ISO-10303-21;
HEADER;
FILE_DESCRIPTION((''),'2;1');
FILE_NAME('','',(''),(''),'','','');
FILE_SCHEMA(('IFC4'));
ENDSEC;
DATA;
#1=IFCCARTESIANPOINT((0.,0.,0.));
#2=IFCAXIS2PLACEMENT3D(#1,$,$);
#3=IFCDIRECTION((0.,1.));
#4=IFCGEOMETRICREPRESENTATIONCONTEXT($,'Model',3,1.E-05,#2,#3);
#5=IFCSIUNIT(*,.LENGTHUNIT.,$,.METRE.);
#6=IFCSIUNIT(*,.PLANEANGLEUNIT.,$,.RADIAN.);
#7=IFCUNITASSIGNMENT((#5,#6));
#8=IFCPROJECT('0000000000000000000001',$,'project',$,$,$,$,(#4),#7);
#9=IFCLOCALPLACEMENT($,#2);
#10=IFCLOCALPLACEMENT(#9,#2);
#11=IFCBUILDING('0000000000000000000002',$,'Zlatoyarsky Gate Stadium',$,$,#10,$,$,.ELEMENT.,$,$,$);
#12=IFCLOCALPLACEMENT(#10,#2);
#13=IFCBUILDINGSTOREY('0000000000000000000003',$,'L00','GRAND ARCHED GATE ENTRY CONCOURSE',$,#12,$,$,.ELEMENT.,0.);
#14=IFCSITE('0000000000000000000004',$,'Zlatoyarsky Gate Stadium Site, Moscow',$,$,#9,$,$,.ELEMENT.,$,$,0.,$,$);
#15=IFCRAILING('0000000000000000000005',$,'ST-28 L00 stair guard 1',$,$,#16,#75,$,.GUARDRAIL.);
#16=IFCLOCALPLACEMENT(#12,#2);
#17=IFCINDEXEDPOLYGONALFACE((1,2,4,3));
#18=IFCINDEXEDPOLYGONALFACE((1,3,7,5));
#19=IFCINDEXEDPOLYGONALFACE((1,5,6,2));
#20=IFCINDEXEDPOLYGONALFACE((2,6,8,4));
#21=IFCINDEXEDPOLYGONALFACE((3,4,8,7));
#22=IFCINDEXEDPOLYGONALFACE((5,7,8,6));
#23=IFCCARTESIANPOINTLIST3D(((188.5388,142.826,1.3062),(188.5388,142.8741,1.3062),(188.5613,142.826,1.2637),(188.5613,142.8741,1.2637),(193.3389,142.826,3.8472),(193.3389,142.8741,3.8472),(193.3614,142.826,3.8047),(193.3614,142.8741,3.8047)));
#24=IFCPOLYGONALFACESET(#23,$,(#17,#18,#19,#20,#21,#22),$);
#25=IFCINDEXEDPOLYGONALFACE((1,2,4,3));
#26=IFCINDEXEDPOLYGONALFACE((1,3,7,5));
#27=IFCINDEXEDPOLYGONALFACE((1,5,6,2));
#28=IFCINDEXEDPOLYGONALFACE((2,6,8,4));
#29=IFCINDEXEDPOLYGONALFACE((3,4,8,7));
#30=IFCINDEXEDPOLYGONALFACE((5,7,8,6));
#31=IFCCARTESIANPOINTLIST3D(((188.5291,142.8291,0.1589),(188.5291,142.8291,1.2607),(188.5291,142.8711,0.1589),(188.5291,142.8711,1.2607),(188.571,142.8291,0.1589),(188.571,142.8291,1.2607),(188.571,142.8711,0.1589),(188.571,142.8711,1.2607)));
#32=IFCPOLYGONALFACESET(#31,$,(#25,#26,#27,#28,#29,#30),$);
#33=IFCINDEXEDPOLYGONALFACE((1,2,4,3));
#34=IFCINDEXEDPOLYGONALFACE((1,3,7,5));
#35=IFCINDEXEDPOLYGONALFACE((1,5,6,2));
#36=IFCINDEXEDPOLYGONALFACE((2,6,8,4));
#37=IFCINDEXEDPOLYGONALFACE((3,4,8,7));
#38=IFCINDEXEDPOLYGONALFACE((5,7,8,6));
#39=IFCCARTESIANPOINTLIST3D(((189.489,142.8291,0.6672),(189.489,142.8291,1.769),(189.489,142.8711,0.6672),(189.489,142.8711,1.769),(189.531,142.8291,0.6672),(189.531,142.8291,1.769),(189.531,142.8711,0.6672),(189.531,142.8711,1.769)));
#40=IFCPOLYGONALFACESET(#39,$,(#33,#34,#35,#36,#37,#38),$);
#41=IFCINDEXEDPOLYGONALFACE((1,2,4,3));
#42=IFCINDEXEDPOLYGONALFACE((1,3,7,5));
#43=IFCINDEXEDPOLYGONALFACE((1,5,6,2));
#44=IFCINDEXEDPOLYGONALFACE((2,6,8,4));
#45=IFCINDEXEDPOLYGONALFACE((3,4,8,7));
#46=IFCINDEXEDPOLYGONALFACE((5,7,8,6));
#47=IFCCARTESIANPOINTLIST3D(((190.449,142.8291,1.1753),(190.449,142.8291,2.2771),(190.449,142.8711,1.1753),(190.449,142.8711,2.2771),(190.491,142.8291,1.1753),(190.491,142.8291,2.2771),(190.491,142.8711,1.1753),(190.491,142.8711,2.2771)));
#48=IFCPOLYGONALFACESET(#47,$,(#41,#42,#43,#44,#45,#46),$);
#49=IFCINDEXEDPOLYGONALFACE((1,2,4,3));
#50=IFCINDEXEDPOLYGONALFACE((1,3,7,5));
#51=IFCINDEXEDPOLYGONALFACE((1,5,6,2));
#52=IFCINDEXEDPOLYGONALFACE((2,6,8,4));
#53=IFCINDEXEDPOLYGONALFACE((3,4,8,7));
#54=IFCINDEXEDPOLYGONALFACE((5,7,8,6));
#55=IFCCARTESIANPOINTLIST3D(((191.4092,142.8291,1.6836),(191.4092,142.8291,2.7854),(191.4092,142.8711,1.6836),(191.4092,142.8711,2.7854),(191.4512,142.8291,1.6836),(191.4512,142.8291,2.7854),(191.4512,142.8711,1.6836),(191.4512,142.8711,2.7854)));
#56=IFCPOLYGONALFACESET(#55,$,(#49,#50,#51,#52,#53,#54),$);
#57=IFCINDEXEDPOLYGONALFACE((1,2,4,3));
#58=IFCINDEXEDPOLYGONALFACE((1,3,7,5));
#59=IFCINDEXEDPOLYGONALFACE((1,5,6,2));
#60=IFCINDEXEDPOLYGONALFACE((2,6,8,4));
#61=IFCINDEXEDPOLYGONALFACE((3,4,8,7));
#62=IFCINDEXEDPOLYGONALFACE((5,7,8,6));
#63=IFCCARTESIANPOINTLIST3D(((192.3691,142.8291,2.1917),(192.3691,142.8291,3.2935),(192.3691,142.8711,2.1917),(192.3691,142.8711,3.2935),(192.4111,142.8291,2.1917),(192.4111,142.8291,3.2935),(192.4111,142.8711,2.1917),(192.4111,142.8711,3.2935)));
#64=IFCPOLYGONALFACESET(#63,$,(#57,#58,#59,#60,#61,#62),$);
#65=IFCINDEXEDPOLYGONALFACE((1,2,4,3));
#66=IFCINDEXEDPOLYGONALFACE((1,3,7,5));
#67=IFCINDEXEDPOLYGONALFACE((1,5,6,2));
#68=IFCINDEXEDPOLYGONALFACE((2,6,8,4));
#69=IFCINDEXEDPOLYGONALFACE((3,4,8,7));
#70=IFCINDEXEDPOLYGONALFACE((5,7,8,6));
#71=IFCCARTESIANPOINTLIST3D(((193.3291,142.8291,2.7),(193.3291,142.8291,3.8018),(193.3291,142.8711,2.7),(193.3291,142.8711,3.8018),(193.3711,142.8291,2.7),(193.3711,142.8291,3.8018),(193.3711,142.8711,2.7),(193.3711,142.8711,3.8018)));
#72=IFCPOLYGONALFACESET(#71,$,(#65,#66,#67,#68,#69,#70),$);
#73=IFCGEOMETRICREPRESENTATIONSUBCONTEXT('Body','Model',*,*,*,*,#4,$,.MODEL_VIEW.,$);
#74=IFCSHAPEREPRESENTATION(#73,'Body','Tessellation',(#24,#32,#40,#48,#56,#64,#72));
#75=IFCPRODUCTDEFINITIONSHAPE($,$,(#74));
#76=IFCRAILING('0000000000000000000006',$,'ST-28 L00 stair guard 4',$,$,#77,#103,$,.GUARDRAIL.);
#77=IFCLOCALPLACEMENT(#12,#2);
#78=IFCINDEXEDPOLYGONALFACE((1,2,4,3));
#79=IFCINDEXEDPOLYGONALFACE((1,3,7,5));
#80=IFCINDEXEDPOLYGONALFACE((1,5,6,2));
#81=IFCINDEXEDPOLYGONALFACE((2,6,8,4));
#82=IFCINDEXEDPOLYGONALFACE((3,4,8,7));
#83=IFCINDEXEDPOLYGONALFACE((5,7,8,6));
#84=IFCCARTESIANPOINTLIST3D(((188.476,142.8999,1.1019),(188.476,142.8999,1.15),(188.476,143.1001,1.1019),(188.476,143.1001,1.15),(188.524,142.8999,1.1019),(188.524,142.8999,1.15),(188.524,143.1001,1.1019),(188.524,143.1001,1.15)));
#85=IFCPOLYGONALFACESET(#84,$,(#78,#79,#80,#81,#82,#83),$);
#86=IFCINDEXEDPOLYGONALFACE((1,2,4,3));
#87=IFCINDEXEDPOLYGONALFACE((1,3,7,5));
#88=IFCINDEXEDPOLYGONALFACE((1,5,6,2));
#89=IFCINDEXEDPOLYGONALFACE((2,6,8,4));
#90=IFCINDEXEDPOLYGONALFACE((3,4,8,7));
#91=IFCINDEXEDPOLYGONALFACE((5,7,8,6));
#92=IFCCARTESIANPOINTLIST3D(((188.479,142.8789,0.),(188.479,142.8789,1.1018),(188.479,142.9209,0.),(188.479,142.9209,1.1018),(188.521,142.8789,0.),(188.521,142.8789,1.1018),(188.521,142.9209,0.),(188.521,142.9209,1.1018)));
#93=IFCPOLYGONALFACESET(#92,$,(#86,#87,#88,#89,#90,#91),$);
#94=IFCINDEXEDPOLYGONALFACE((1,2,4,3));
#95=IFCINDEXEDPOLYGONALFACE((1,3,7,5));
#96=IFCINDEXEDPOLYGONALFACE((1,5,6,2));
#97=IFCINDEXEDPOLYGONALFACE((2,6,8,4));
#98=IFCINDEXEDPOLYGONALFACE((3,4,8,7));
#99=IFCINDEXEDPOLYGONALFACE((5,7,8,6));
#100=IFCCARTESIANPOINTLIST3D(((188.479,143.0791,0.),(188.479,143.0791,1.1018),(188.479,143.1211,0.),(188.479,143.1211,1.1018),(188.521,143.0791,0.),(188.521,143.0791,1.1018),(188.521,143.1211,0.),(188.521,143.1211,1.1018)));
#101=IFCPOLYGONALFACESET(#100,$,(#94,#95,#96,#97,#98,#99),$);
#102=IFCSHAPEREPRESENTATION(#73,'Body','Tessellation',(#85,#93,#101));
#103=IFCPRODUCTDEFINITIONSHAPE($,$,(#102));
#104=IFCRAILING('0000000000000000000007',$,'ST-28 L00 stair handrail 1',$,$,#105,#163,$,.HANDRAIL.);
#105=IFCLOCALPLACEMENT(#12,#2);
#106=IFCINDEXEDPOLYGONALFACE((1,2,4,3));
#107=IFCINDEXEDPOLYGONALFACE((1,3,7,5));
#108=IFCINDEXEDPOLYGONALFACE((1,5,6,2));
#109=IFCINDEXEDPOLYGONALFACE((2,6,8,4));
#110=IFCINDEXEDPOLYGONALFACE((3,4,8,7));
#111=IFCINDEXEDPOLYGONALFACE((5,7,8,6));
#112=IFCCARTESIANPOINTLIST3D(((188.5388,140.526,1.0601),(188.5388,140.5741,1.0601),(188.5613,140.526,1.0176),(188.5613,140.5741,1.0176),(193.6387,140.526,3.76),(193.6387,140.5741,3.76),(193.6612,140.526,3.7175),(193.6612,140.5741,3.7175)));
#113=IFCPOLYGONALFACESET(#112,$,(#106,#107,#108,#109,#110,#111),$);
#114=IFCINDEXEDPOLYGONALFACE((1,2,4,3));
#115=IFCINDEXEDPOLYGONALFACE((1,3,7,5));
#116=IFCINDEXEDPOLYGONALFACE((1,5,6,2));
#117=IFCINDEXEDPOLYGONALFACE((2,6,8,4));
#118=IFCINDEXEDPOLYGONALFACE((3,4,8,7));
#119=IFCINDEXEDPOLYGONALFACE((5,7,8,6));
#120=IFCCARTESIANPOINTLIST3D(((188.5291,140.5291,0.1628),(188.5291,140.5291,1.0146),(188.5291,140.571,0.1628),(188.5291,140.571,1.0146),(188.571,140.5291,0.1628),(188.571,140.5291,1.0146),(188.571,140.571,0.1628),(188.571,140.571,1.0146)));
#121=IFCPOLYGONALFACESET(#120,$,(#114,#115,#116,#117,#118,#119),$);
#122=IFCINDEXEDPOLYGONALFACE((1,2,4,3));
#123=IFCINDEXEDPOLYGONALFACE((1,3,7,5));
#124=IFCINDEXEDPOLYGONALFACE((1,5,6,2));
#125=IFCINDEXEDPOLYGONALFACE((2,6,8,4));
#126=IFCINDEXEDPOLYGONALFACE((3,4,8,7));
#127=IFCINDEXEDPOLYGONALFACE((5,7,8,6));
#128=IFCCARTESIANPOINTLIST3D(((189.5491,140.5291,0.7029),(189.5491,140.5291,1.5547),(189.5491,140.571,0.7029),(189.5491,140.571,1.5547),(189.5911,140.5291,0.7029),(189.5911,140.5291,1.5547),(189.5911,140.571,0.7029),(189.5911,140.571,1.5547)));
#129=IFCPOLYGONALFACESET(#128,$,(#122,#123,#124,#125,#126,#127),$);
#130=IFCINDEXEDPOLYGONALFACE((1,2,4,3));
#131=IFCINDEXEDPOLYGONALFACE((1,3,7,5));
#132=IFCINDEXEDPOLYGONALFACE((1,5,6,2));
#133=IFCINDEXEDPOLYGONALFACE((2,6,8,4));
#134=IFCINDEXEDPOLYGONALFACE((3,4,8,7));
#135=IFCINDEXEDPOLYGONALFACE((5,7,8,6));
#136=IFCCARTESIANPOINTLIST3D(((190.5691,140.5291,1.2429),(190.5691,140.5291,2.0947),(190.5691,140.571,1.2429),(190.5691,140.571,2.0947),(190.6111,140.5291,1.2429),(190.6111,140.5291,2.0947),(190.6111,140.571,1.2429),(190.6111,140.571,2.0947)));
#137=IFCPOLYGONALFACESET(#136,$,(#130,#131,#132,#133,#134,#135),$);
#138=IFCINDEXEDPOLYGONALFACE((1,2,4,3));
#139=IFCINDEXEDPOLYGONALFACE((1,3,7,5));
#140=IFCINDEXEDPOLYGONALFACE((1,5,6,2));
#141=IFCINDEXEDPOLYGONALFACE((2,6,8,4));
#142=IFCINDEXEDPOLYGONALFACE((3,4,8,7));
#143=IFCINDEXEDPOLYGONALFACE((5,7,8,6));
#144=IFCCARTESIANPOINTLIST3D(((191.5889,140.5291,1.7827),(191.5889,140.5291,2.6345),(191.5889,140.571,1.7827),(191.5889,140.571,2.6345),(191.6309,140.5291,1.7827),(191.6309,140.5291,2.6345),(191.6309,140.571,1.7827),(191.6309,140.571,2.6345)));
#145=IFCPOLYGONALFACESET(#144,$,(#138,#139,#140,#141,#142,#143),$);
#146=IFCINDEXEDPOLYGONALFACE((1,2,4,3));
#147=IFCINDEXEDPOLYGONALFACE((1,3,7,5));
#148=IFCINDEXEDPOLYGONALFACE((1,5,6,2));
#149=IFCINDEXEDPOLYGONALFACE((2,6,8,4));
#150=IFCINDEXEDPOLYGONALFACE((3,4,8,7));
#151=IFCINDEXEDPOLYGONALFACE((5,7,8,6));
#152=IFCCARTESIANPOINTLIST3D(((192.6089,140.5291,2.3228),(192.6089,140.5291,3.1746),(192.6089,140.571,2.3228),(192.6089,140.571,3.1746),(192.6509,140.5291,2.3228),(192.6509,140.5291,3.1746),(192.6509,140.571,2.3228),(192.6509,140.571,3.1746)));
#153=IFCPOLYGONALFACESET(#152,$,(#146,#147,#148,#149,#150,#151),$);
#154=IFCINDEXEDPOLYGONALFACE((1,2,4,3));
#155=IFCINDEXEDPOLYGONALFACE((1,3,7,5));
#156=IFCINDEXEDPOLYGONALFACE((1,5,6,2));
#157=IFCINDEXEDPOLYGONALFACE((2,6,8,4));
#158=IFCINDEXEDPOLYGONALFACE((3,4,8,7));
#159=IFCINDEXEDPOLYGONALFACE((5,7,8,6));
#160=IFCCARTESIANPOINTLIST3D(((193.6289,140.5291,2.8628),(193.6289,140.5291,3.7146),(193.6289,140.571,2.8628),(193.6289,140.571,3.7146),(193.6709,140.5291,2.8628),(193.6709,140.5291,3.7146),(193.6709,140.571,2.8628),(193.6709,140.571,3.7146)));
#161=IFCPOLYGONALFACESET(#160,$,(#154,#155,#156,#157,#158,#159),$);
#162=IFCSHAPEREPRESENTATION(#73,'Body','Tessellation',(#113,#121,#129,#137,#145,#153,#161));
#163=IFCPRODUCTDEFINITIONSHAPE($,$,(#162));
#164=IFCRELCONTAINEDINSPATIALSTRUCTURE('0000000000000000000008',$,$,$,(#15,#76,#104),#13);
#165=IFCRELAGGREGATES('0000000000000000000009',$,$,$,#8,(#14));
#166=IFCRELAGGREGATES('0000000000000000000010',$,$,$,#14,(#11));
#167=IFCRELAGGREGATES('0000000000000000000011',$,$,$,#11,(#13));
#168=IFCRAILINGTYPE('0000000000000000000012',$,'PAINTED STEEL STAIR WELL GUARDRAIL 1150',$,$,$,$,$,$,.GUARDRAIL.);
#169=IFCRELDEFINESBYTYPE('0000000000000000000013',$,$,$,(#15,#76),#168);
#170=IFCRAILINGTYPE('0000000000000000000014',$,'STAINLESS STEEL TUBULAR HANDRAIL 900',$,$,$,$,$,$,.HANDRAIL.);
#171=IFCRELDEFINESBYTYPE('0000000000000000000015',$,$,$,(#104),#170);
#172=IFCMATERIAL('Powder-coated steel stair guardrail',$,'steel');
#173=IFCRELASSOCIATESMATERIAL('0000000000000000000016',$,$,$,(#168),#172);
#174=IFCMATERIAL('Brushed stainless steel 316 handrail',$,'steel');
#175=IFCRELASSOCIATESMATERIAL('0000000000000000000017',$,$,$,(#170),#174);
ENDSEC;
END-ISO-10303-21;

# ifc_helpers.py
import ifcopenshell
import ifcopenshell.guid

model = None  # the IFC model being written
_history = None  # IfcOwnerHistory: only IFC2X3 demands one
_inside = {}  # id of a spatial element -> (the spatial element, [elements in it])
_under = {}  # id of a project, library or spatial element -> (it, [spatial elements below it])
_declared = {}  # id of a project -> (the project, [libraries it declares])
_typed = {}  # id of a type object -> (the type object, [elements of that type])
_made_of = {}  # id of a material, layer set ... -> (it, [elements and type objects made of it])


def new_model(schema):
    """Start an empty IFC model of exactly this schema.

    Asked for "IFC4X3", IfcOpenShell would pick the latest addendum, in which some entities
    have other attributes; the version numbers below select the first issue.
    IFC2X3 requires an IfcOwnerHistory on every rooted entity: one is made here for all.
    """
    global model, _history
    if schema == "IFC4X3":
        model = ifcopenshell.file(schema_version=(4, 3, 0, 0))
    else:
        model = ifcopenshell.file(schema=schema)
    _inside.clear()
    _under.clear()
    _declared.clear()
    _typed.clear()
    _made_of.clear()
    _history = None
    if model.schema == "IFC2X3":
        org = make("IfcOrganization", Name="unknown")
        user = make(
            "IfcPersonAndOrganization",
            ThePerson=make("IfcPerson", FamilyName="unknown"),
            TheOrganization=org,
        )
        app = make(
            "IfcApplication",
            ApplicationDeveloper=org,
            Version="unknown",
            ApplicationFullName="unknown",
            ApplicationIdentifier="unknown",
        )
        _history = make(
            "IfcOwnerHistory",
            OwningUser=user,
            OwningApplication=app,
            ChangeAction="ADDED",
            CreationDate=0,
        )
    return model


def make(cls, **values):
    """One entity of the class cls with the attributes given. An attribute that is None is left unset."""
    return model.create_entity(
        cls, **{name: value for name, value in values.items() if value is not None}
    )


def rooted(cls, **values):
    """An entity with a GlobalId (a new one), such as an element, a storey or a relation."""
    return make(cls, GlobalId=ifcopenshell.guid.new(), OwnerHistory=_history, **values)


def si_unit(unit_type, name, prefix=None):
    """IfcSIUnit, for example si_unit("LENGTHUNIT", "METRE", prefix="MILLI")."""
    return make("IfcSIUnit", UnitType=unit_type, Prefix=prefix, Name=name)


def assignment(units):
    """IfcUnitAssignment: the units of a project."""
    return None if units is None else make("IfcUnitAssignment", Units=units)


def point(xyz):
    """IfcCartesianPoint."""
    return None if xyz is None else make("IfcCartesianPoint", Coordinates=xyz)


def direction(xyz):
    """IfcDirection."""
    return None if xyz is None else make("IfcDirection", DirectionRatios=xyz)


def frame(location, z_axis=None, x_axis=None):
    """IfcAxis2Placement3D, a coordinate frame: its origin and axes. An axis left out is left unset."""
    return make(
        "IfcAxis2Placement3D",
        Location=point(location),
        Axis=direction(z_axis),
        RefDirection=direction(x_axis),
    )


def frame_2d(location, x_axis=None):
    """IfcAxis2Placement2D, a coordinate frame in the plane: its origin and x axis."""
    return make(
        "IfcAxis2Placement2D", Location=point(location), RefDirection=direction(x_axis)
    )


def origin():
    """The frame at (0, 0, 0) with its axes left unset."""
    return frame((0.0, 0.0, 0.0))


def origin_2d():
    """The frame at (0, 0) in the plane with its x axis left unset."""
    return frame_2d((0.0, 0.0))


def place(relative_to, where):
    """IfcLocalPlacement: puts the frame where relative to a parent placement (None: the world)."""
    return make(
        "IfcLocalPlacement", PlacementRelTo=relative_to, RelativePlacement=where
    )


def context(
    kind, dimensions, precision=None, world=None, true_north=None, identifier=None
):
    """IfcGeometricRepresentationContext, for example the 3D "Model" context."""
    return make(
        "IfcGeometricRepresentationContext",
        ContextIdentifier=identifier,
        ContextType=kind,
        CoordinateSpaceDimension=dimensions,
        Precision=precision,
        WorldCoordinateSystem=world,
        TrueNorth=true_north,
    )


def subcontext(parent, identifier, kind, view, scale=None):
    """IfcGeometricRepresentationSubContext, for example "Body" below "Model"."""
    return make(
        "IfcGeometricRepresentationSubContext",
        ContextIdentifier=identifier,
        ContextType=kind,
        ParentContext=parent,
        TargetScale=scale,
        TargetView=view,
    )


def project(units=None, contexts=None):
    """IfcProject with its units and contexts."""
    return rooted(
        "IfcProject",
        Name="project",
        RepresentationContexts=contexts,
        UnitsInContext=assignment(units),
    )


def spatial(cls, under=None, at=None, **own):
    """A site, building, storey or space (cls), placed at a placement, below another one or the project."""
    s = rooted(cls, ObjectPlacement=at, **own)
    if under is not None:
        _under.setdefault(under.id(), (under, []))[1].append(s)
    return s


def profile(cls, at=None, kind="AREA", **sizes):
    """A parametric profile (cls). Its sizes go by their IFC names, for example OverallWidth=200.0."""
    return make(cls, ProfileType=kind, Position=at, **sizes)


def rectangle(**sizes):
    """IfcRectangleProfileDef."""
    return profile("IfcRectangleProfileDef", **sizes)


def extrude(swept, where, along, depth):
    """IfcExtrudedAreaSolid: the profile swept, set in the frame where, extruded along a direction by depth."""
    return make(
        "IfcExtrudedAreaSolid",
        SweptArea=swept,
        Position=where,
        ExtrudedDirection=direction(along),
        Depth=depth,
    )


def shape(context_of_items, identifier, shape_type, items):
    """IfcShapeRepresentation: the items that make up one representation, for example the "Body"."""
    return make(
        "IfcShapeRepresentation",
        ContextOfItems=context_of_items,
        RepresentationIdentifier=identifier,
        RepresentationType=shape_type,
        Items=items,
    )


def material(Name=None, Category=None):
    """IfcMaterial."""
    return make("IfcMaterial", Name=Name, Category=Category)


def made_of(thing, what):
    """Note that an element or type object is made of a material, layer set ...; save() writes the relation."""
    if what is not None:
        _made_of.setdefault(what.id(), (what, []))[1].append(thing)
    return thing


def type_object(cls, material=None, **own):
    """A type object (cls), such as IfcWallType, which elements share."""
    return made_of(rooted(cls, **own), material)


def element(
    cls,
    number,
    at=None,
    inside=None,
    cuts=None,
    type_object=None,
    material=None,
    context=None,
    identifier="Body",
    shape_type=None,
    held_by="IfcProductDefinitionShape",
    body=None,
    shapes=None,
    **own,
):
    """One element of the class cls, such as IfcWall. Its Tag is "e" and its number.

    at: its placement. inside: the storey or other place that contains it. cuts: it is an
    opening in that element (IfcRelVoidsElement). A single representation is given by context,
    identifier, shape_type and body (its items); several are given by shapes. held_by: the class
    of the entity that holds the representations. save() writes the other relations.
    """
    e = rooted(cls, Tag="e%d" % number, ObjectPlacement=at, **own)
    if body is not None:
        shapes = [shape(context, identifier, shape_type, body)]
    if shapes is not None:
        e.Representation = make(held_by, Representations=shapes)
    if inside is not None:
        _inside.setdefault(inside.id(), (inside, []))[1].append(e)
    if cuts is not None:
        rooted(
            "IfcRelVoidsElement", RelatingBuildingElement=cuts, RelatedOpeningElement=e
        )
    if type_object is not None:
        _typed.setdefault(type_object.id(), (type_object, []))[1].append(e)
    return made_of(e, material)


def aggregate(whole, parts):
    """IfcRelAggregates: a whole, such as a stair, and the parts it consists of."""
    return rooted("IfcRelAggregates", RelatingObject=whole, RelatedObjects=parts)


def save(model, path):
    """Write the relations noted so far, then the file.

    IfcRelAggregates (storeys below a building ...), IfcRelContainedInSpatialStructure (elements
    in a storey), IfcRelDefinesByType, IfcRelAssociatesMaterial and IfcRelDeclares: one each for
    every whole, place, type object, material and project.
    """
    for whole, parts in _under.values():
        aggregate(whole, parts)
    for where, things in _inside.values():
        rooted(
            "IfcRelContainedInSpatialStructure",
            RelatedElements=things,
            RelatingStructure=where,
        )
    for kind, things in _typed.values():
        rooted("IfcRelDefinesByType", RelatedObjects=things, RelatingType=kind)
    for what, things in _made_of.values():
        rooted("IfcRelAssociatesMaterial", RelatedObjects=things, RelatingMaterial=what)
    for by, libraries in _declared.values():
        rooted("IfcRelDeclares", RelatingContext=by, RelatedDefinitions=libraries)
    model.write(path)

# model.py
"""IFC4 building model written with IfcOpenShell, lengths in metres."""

from ifc_helpers import new_model, si_unit, direction, frame, origin, origin_2d, place, context, subcontext, project, spatial, rectangle, extrude, material, type_object, element, save


model = new_model("IFC4")

# Units and contexts
model_context = context("Model", 3, precision=1e-05, world=origin(), true_north=direction((0.0, 1.0)))
body_context = subcontext(model_context, "Body", "Model", "MODEL_VIEW")
ifc_project = project(units=[si_unit("LENGTHUNIT", "METRE"), si_unit("PLANEANGLEUNIT", "RADIAN")], contexts=[model_context])

# Site, building, storey
site_placement = place(None, origin())
site = spatial("IfcSite", under=ifc_project, at=site_placement, Name="Zlatoyarsky Gate Stadium Site, Moscow", CompositionType="ELEMENT", RefElevation=0.0)
building_placement = place(site_placement, origin())
building = spatial("IfcBuilding", under=site, at=building_placement, Name="Zlatoyarsky Gate Stadium", CompositionType="ELEMENT")
storey_placement = place(building_placement, origin())
storey = spatial("IfcBuildingStorey", under=building, at=storey_placement, Name="L00", Description="GRAND ARCHED GATE ENTRY CONCOURSE", CompositionType="ELEMENT", Elevation=0.0)

# Railings
ifc_material_1 = material(Name="Powder-coated steel stair guardrail", Category="steel")
railing_type_1 = type_object("IfcRailingType", Name="PAINTED STEEL STAIR WELL GUARDRAIL 1150", PredefinedType="GUARDRAIL", material=ifc_material_1)
railing_1_placement = place(storey_placement, frame((188.55, 142.8501, 0.1589)))
element("IfcRailing", 1, at=railing_1_placement, inside=storey, type_object=railing_type_1, Name="ST-28 L00 stair guard 1", PredefinedType="GUARDRAIL", context=body_context, shape_type="SweptSolid", body=[
    extrude(rectangle(XDim=0.0481, YDim=0.0481, at=origin_2d()), frame((0.0, 0.0, 1.126), z_axis=(0.883802, 0.0, 0.467861), x_axis=(0.0, 1.0, 0.0)), (0.0, 0.0, 1.0), 5.4312),
    extrude(rectangle(XDim=0.042, YDim=0.042, at=origin_2d()), origin(), (0.0, 0.0, 1.0), 1.1018),
    extrude(rectangle(XDim=0.042, YDim=0.042, at=origin_2d()), frame((0.96, 0.0, 0.5083)), (0.0, 0.0, 1.0), 1.1018),
    extrude(rectangle(XDim=0.042, YDim=0.042, at=origin_2d()), frame((1.9199, 0.0, 1.0164)), (0.0, 0.0, 1.0), 1.1018),
    extrude(rectangle(XDim=0.042, YDim=0.042, at=origin_2d()), frame((2.8801, 0.0, 1.5247)), (0.0, 0.0, 1.0), 1.1018),
    extrude(rectangle(XDim=0.042, YDim=0.042, at=origin_2d()), frame((3.8401, 0.0, 2.0327)), (0.0, 0.0, 1.0), 1.1018),
    extrude(rectangle(XDim=0.042, YDim=0.042, at=origin_2d()), frame((4.8, 0.0, 2.541)), (0.0, 0.0, 1.0), 1.1018),
])
railing_2_placement = place(storey_placement, frame((188.5, 142.8999, 0.0)))
element("IfcRailing", 2, at=railing_2_placement, inside=storey, type_object=railing_type_1, Name="ST-28 L00 stair guard 4", PredefinedType="GUARDRAIL", context=body_context, shape_type="SweptSolid", body=[
    extrude(rectangle(XDim=0.0481, YDim=0.0481, at=origin_2d()), frame((0.0, 0.0, 1.126), z_axis=(0.0, 1.0, 0.0), x_axis=(-1.0, 0.0, 0.0)), (0.0, 0.0, 1.0), 0.2002),
    extrude(rectangle(XDim=0.042, YDim=0.042, at=origin_2d()), origin(), (0.0, 0.0, 1.0), 1.1018),
    extrude(rectangle(XDim=0.042, YDim=0.042, at=origin_2d()), frame((0.0, 0.2002, 0.0)), (0.0, 0.0, 1.0), 1.1018),
])
ifc_material_2 = material(Name="Brushed stainless steel 316 handrail", Category="steel")
railing_type_2 = type_object("IfcRailingType", Name="STAINLESS STEEL TUBULAR HANDRAIL 900", PredefinedType="HANDRAIL", material=ifc_material_2)
railing_3_placement = place(storey_placement, frame((188.55, 140.55, 0.1628)))
element("IfcRailing", 3, at=railing_3_placement, inside=storey, type_object=railing_type_2, Name="ST-28 L00 stair handrail 1", PredefinedType="HANDRAIL", context=body_context, shape_type="SweptSolid", body=[
    extrude(rectangle(XDim=0.0481, YDim=0.0481, at=origin_2d()), frame((0.0, 0.0, 0.876), z_axis=(0.883786, 0.0, 0.467892), x_axis=(0.0, 1.0, 0.0)), (0.0, 0.0, 1.0), 5.7705),
    extrude(rectangle(XDim=0.042, YDim=0.042, at=origin_2d()), origin(), (0.0, 0.0, 1.0), 0.8518),
    extrude(rectangle(XDim=0.042, YDim=0.042, at=origin_2d()), frame((1.02, 0.0, 0.54)), (0.0, 0.0, 1.0), 0.8518),
    extrude(rectangle(XDim=0.042, YDim=0.042, at=origin_2d()), frame((2.04, 0.0, 1.0801)), (0.0, 0.0, 1.0), 0.8518),
    extrude(rectangle(XDim=0.042, YDim=0.042, at=origin_2d()), frame((3.0598, 0.0, 1.6199)), (0.0, 0.0, 1.0), 0.8518),
    extrude(rectangle(XDim=0.042, YDim=0.042, at=origin_2d()), frame((4.0798, 0.0, 2.1599)), (0.0, 0.0, 1.0), 0.8518),
    extrude(rectangle(XDim=0.042, YDim=0.042, at=origin_2d()), frame((5.0999, 0.0, 2.7)), (0.0, 0.0, 1.0), 0.8518),
])

save(model, "model.ifc")
